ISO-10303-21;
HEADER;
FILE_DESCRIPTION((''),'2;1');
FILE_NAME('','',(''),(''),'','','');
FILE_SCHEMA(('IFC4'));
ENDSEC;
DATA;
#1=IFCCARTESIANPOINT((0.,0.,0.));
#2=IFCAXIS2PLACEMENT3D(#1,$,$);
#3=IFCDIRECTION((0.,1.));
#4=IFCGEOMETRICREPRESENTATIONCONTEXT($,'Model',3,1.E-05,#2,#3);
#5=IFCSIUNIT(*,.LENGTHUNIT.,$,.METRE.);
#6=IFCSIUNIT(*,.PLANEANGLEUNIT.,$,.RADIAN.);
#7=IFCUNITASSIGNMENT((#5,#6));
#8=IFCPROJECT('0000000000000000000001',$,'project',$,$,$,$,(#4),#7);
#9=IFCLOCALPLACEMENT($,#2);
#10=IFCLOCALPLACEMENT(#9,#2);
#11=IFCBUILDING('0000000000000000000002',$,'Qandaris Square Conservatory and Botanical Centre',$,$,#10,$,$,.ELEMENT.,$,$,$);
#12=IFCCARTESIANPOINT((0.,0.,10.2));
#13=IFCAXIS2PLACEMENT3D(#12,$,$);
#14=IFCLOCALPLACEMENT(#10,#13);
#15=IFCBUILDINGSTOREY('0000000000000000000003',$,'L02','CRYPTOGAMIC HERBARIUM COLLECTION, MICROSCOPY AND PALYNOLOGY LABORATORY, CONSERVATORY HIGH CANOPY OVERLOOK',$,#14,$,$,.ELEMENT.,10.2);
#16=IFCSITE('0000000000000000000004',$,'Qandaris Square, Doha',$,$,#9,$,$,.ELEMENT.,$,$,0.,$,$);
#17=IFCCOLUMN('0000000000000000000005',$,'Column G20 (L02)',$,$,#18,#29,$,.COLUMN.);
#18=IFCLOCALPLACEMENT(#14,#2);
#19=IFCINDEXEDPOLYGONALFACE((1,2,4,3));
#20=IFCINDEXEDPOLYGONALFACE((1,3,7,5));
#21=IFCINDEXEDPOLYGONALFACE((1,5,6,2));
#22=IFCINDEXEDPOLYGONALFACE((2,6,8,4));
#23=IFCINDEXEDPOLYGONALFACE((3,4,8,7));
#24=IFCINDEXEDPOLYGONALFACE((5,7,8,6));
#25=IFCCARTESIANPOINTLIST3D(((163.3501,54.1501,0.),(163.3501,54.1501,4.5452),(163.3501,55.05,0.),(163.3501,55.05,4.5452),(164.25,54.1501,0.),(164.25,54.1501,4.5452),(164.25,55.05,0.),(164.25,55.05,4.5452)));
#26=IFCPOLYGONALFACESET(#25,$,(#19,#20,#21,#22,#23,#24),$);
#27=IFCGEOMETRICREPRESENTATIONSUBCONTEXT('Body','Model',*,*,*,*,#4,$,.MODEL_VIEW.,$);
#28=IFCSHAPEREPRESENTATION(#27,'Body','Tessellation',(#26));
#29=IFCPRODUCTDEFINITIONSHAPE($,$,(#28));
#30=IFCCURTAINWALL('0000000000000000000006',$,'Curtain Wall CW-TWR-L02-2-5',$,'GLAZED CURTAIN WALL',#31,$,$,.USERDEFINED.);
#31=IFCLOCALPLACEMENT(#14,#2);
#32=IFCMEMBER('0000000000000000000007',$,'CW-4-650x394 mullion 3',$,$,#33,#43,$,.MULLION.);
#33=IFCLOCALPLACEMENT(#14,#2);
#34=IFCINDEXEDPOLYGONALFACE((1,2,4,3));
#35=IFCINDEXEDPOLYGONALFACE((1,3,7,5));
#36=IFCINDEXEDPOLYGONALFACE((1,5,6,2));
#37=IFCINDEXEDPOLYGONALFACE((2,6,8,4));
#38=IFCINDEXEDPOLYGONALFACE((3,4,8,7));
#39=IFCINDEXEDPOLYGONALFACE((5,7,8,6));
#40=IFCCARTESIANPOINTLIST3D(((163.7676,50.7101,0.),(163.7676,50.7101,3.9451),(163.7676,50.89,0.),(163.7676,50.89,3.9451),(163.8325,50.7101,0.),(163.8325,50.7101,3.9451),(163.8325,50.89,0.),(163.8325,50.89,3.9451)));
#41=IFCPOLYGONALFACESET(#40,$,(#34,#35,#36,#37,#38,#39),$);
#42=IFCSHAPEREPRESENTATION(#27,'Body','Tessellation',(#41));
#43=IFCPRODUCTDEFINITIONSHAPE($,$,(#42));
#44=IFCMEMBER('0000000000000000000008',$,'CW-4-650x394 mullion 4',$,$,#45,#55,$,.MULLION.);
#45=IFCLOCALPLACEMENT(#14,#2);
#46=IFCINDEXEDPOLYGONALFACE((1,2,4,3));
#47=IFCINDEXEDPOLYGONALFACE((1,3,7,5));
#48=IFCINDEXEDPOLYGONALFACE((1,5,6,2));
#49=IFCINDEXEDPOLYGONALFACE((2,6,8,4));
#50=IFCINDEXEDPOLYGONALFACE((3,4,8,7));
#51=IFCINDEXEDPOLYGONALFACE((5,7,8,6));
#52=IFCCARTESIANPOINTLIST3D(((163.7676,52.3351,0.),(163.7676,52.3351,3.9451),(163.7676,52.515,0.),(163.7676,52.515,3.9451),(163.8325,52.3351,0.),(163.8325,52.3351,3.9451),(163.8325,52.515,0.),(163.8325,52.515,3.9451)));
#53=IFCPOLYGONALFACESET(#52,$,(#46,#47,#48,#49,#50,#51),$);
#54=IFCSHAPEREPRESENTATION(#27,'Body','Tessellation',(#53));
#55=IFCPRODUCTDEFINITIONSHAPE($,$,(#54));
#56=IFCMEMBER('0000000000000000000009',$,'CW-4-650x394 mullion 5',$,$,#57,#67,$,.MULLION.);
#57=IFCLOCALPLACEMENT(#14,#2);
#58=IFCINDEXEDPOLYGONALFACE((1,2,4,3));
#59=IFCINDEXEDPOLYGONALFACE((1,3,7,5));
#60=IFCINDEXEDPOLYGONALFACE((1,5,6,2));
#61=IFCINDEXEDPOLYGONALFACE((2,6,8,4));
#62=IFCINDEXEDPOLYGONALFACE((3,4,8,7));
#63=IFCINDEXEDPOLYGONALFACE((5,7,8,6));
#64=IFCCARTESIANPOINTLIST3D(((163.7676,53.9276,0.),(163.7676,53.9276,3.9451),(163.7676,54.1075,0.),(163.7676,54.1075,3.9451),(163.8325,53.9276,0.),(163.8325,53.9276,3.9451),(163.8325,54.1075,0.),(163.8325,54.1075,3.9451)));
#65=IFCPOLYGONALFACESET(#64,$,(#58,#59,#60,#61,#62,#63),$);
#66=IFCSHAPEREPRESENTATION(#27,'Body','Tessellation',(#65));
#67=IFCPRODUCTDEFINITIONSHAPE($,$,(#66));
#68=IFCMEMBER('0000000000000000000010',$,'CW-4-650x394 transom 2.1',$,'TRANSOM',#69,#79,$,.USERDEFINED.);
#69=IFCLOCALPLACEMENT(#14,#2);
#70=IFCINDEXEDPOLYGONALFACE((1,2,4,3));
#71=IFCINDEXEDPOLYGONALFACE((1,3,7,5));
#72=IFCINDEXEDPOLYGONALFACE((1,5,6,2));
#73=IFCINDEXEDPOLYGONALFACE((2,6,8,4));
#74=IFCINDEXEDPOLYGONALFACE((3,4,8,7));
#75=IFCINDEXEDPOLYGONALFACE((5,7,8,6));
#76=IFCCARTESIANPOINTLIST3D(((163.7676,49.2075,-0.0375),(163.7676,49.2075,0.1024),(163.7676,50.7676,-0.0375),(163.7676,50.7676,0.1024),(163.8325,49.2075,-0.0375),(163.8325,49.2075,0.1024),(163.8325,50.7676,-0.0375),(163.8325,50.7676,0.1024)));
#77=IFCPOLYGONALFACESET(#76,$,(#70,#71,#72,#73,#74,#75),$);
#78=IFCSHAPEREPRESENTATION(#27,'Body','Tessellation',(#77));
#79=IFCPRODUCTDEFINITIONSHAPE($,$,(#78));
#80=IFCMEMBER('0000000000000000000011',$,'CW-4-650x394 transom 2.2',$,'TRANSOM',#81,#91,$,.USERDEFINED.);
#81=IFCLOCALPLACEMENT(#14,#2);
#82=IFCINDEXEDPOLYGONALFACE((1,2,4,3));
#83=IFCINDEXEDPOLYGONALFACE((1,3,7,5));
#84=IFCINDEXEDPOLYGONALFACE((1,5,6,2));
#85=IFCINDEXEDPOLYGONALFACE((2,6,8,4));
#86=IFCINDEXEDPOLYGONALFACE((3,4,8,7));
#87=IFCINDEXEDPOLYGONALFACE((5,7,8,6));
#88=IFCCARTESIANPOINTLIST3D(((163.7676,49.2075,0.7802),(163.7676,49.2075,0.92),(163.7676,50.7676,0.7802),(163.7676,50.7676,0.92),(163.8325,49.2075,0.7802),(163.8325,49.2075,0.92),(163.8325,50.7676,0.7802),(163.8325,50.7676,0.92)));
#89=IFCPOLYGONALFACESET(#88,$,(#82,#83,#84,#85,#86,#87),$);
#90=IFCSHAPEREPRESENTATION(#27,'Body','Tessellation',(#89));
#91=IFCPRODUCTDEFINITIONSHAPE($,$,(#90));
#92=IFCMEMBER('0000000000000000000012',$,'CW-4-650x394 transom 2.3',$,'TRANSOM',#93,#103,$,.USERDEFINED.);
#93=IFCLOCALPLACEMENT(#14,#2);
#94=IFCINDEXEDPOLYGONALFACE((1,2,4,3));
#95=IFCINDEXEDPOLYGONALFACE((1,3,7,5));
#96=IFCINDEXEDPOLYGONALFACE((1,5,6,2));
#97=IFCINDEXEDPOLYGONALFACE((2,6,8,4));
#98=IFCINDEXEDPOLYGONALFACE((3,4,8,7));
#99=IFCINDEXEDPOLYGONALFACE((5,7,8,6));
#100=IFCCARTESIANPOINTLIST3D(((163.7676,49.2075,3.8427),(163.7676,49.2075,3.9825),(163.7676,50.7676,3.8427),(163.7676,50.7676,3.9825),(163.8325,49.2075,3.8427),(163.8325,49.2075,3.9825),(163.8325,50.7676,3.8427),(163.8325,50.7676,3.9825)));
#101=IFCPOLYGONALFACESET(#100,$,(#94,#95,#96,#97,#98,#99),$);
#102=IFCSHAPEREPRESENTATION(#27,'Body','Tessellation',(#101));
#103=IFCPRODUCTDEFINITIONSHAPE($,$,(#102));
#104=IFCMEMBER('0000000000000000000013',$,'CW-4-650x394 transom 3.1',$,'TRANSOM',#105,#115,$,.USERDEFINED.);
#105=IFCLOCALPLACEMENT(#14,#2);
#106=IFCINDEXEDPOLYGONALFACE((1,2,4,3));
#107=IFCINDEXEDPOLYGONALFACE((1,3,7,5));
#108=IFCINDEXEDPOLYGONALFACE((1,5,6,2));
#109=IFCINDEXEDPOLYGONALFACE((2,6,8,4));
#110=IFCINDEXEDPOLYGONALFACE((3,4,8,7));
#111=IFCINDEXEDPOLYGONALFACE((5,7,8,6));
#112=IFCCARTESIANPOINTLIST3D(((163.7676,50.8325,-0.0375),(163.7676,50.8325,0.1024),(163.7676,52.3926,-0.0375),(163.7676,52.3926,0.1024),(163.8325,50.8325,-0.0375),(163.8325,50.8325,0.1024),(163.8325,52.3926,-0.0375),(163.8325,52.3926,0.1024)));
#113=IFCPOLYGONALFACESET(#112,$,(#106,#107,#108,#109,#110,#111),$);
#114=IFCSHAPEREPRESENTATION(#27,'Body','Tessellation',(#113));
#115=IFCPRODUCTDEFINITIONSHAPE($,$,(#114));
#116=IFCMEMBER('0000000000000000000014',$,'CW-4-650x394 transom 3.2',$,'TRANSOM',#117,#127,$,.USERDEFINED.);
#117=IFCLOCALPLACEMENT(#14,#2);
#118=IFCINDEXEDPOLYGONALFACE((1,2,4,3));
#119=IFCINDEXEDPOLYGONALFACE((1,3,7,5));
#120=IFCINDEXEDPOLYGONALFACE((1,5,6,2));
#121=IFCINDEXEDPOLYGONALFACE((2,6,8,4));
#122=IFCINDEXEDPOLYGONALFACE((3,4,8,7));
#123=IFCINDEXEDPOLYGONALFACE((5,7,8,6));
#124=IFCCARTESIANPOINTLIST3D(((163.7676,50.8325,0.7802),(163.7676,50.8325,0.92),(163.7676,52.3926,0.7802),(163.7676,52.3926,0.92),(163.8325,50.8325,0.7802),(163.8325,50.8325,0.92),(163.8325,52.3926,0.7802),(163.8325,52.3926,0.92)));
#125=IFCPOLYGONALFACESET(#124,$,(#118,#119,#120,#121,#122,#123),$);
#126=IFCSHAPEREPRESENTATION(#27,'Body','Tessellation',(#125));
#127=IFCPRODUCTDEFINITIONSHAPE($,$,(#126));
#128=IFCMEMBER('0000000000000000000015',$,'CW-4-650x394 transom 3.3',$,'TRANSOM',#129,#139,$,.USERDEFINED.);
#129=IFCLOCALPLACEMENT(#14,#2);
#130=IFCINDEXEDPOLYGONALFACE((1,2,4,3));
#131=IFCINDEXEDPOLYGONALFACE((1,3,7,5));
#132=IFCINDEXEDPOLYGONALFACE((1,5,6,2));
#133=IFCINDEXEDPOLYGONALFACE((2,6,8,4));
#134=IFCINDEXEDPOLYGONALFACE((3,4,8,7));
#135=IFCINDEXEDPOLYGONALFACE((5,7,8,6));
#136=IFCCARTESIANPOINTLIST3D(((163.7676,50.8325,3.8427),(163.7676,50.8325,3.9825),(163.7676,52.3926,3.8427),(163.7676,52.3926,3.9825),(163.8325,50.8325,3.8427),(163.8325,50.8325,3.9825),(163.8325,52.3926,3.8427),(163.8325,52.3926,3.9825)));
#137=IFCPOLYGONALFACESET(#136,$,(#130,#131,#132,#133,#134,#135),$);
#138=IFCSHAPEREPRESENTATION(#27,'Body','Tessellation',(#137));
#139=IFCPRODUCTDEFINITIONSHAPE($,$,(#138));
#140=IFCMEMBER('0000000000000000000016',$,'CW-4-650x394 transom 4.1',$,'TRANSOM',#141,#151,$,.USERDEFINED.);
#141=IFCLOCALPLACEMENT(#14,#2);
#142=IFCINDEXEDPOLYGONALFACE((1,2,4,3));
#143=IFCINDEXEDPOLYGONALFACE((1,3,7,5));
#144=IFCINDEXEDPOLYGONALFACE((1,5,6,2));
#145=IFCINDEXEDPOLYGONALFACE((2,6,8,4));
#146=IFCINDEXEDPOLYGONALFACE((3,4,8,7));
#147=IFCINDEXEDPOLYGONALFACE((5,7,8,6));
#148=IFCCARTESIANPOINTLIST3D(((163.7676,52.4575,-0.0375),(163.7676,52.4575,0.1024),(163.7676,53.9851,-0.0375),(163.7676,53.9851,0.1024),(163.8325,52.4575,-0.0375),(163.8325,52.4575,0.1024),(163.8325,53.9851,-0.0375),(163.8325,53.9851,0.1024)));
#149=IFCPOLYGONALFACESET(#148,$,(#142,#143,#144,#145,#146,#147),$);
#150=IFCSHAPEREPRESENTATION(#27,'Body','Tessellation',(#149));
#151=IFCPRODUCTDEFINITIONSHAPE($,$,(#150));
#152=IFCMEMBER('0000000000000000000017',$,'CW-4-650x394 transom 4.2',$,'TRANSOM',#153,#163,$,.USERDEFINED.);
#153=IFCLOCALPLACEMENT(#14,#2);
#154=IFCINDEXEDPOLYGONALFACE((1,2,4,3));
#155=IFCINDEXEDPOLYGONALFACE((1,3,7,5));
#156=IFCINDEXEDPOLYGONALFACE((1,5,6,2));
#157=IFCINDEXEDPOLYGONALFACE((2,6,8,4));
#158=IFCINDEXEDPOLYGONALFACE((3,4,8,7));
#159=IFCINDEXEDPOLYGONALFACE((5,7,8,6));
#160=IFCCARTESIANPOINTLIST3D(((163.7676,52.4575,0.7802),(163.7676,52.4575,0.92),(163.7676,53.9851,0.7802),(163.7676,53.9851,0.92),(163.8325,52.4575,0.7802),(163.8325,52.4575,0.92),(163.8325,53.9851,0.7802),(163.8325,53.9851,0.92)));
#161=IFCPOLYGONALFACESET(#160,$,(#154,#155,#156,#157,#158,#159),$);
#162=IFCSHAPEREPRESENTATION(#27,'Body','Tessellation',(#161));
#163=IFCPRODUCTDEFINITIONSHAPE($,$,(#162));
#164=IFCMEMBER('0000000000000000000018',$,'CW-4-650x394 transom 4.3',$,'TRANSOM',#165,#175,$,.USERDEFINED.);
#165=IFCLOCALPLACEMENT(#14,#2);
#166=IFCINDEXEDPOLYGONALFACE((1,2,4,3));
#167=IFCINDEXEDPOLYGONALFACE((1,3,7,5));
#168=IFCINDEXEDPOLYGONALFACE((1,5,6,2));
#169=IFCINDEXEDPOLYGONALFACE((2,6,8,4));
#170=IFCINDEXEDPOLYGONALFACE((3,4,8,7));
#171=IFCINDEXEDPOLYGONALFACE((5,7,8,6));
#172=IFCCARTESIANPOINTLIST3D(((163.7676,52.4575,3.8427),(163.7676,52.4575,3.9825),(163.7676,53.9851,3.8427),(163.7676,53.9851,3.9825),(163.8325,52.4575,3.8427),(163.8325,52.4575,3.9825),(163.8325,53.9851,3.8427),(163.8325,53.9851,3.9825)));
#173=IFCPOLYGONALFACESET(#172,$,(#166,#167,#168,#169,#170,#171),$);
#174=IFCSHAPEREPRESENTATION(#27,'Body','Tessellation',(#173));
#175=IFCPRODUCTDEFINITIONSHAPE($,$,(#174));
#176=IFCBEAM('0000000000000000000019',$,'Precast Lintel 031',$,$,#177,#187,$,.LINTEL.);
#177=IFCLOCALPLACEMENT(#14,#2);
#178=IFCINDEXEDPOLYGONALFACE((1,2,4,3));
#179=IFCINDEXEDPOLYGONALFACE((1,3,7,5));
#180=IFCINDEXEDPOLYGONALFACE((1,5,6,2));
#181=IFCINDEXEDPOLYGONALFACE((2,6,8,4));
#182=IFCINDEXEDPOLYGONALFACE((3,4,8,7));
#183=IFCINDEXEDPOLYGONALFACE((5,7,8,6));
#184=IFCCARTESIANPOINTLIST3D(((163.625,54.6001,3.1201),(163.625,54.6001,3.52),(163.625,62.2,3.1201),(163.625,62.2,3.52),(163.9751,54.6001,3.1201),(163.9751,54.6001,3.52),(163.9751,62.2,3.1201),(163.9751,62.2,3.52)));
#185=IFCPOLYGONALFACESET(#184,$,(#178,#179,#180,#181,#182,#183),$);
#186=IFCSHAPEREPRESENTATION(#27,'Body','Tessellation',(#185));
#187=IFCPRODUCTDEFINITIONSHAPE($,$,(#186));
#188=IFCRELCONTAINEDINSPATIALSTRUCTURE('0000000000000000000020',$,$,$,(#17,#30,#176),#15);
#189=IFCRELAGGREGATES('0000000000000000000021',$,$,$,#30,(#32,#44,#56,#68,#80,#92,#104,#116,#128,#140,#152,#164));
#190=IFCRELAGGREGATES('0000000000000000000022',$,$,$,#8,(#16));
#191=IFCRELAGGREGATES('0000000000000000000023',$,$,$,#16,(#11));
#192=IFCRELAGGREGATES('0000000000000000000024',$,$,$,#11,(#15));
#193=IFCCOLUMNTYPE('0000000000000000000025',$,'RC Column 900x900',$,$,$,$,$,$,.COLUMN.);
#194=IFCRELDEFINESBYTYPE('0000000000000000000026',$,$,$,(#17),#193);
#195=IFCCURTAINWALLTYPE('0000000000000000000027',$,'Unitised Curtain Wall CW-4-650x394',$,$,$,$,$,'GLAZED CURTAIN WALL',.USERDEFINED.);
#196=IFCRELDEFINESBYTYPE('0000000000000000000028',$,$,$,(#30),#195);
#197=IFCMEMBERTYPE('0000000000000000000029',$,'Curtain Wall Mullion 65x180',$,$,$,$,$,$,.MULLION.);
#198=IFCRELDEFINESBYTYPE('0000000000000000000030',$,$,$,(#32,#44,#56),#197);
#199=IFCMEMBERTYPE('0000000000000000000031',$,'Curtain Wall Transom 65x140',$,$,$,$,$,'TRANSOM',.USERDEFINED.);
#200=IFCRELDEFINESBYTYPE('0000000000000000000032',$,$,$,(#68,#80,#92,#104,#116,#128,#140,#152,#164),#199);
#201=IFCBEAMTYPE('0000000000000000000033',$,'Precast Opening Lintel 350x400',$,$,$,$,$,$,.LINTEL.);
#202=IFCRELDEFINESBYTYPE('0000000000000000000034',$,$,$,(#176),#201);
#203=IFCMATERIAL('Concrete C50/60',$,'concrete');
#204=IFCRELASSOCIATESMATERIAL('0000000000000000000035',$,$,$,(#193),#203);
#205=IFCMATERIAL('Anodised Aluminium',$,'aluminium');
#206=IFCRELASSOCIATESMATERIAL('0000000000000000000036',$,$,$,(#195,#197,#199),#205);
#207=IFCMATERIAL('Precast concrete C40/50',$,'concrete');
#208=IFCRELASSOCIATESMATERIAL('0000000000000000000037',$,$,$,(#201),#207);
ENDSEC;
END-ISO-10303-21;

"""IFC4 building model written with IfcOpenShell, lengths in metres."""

from ifc_helpers import new_model, si_unit, direction, frame, origin, origin_2d, place, context, subcontext, project, spatial, rectangle, extrude, material, material_profile, profile_set, type_object, element, aggregate, save


model = new_model("IFC4")

# Units and contexts
model_context = context("Model", 3, precision=1e-05, world=origin(), true_north=direction((0.0, 1.0)))
body_context = subcontext(model_context, "Body", "Model", "MODEL_VIEW")
ifc_project = project(units=[si_unit("LENGTHUNIT", "METRE"), si_unit("PLANEANGLEUNIT", "RADIAN")], contexts=[model_context])

# Site, building, storey
site_placement = place(None, origin())
site = spatial("IfcSite", under=ifc_project, at=site_placement, Name="Qandaris Square, Doha", CompositionType="ELEMENT", RefElevation=0.0)
building_placement = place(site_placement, origin())
building = spatial("IfcBuilding", under=site, at=building_placement, Name="Qandaris Square Conservatory and Botanical Centre", CompositionType="ELEMENT")
storey_placement = place(building_placement, frame((0.0, 0.0, 10.2)))
storey = spatial("IfcBuildingStorey", under=building, at=storey_placement, Name="L02", Description="CRYPTOGAMIC HERBARIUM COLLECTION, MICROSCOPY AND PALYNOLOGY LABORATORY, CONSERVATORY HIGH CANOPY OVERLOOK", CompositionType="ELEMENT", Elevation=10.2)

# Column
ifc_material_1 = material(Name="Concrete C50/60", Category="concrete")
ifc_material_profile_1 = material_profile(ifc_material_1, rectangle(XDim=0.8999, YDim=0.8999, at=origin_2d()), Name="RC-COL 900x900")
ifc_profile_set_1 = profile_set([ifc_material_profile_1], Name="Concrete C50/60")
column_type = type_object("IfcColumnType", Name="RC Column 900x900", PredefinedType="COLUMN", material=ifc_profile_set_1)
column_placement = place(storey_placement, frame((163.8, 54.6001, 0.0), z_axis=(0.0, 0.0, 1.0), x_axis=(1.0, 0.0, 0.0)))
element("IfcColumn", 1, at=column_placement, inside=storey, type_object=column_type, Name="Column G20 (L02)", PredefinedType="COLUMN", context=body_context, shape_type="SweptSolid", body=[
    extrude(rectangle(XDim=0.8999, YDim=0.8999, at=origin_2d()), origin(), (0.0, 0.0, 1.0), 4.5452),
])

# Curtain wall, members
ifc_material_2 = material(Name="Anodised Aluminium", Category="aluminium")
curtain_wall_type = type_object("IfcCurtainWallType", Name="Unitised Curtain Wall CW-4-650x394", ElementType="GLAZED CURTAIN WALL", PredefinedType="USERDEFINED", material=ifc_material_2)
curtain_wall_placement = place(storey_placement, origin())
curtain_wall = element("IfcCurtainWall", 2, at=curtain_wall_placement, inside=storey, type_object=curtain_wall_type, Name="Curtain Wall CW-TWR-L02-2-5", ObjectType="GLAZED CURTAIN WALL", PredefinedType="USERDEFINED")
ifc_material_profile_2 = material_profile(ifc_material_2, rectangle(XDim=0.0649, YDim=0.1799, at=origin_2d()), Name="ALU-MUL 65x180")
ifc_profile_set_2 = profile_set([ifc_material_profile_2], Name="Anodised Aluminium")
member_type_1 = type_object("IfcMemberType", Name="Curtain Wall Mullion 65x180", PredefinedType="MULLION", material=ifc_profile_set_2)
member_1_placement = place(storey_placement, frame((163.8, 50.8, 0.0), z_axis=(0.0, 0.0, 1.0), x_axis=(-1.0, 0.0, 0.0)))
member_1 = element("IfcMember", 3, at=member_1_placement, type_object=member_type_1, Name="CW-4-650x394 mullion 3", PredefinedType="MULLION", context=body_context, shape_type="SweptSolid", body=[
    extrude(rectangle(XDim=0.0649, YDim=0.1799, at=origin_2d()), origin(), (0.0, 0.0, 1.0), 3.9451),
])
member_2_placement = place(storey_placement, frame((163.8, 52.425, 0.0), z_axis=(0.0, 0.0, 1.0), x_axis=(-1.0, 0.0, 0.0)))
member_2 = element("IfcMember", 4, at=member_2_placement, type_object=member_type_1, Name="CW-4-650x394 mullion 4", PredefinedType="MULLION", context=body_context, shape_type="SweptSolid", body=[
    extrude(rectangle(XDim=0.0649, YDim=0.1799, at=origin_2d()), origin(), (0.0, 0.0, 1.0), 3.9451),
])
member_3_placement = place(storey_placement, frame((163.8, 54.0176, 0.0), z_axis=(0.0, 0.0, 1.0), x_axis=(-1.0, 0.0, 0.0)))
member_3 = element("IfcMember", 5, at=member_3_placement, type_object=member_type_1, Name="CW-4-650x394 mullion 5", PredefinedType="MULLION", context=body_context, shape_type="SweptSolid", body=[
    extrude(rectangle(XDim=0.0649, YDim=0.1799, at=origin_2d()), origin(), (0.0, 0.0, 1.0), 3.9451),
])
ifc_material_profile_3 = material_profile(ifc_material_2, rectangle(XDim=0.0649, YDim=0.1399, at=origin_2d()), Name="ALU-TRN 65x140")
ifc_profile_set_3 = profile_set([ifc_material_profile_3], Name="Anodised Aluminium")
member_type_2 = type_object("IfcMemberType", Name="Curtain Wall Transom 65x140", ElementType="TRANSOM", PredefinedType="USERDEFINED", material=ifc_profile_set_3)
member_4_placement = place(storey_placement, frame((163.8, 49.2075, 0.0325), z_axis=(0.0, 1.0, 0.0), x_axis=(-1.0, 0.0, 0.0)))
member_4 = element("IfcMember", 6, at=member_4_placement, type_object=member_type_2, Name="CW-4-650x394 transom 2.1", ObjectType="TRANSOM", PredefinedType="USERDEFINED", context=body_context, shape_type="SweptSolid", body=[
    extrude(rectangle(XDim=0.0649, YDim=0.1399, at=origin_2d()), origin(), (0.0, 0.0, 1.0), 1.5601),
])
member_5_placement = place(storey_placement, frame((163.8, 49.2075, 0.8501), z_axis=(0.0, 1.0, 0.0), x_axis=(-1.0, 0.0, 0.0)))
member_5 = element("IfcMember", 7, at=member_5_placement, type_object=member_type_2, Name="CW-4-650x394 transom 2.2", ObjectType="TRANSOM", PredefinedType="USERDEFINED", context=body_context, shape_type="SweptSolid", body=[
    extrude(rectangle(XDim=0.0649, YDim=0.1399, at=origin_2d()), origin(), (0.0, 0.0, 1.0), 1.5601),
])
member_6_placement = place(storey_placement, frame((163.8, 49.2075, 3.9126), z_axis=(0.0, 1.0, 0.0), x_axis=(-1.0, 0.0, 0.0)))
member_6 = element("IfcMember", 8, at=member_6_placement, type_object=member_type_2, Name="CW-4-650x394 transom 2.3", ObjectType="TRANSOM", PredefinedType="USERDEFINED", context=body_context, shape_type="SweptSolid", body=[
    extrude(rectangle(XDim=0.0649, YDim=0.1399, at=origin_2d()), origin(), (0.0, 0.0, 1.0), 1.5601),
])
member_7_placement = place(storey_placement, frame((163.8, 50.8325, 0.0325), z_axis=(0.0, 1.0, 0.0), x_axis=(-1.0, 0.0, 0.0)))
member_7 = element("IfcMember", 9, at=member_7_placement, type_object=member_type_2, Name="CW-4-650x394 transom 3.1", ObjectType="TRANSOM", PredefinedType="USERDEFINED", context=body_context, shape_type="SweptSolid", body=[
    extrude(rectangle(XDim=0.0649, YDim=0.1399, at=origin_2d()), origin(), (0.0, 0.0, 1.0), 1.5601),
])
member_8_placement = place(storey_placement, frame((163.8, 50.8325, 0.8501), z_axis=(0.0, 1.0, 0.0), x_axis=(-1.0, 0.0, 0.0)))
member_8 = element("IfcMember", 10, at=member_8_placement, type_object=member_type_2, Name="CW-4-650x394 transom 3.2", ObjectType="TRANSOM", PredefinedType="USERDEFINED", context=body_context, shape_type="SweptSolid", body=[
    extrude(rectangle(XDim=0.0649, YDim=0.1399, at=origin_2d()), origin(), (0.0, 0.0, 1.0), 1.5601),
])
member_9_placement = place(storey_placement, frame((163.8, 50.8325, 3.9126), z_axis=(0.0, 1.0, 0.0), x_axis=(-1.0, 0.0, 0.0)))
member_9 = element("IfcMember", 11, at=member_9_placement, type_object=member_type_2, Name="CW-4-650x394 transom 3.3", ObjectType="TRANSOM", PredefinedType="USERDEFINED", context=body_context, shape_type="SweptSolid", body=[
    extrude(rectangle(XDim=0.0649, YDim=0.1399, at=origin_2d()), origin(), (0.0, 0.0, 1.0), 1.5601),
])
member_10_placement = place(storey_placement, frame((163.8, 52.4575, 0.0325), z_axis=(0.0, 1.0, 0.0), x_axis=(-1.0, 0.0, 0.0)))
member_10 = element("IfcMember", 12, at=member_10_placement, type_object=member_type_2, Name="CW-4-650x394 transom 4.1", ObjectType="TRANSOM", PredefinedType="USERDEFINED", context=body_context, shape_type="SweptSolid", body=[
    extrude(rectangle(XDim=0.0649, YDim=0.1399, at=origin_2d()), origin(), (0.0, 0.0, 1.0), 1.5276),
])
member_11_placement = place(storey_placement, frame((163.8, 52.4575, 0.8501), z_axis=(0.0, 1.0, 0.0), x_axis=(-1.0, 0.0, 0.0)))
member_11 = element("IfcMember", 13, at=member_11_placement, type_object=member_type_2, Name="CW-4-650x394 transom 4.2", ObjectType="TRANSOM", PredefinedType="USERDEFINED", context=body_context, shape_type="SweptSolid", body=[
    extrude(rectangle(XDim=0.0649, YDim=0.1399, at=origin_2d()), origin(), (0.0, 0.0, 1.0), 1.5276),
])
member_12_placement = place(storey_placement, frame((163.8, 52.4575, 3.9126), z_axis=(0.0, 1.0, 0.0), x_axis=(-1.0, 0.0, 0.0)))
member_12 = element("IfcMember", 14, at=member_12_placement, type_object=member_type_2, Name="CW-4-650x394 transom 4.3", ObjectType="TRANSOM", PredefinedType="USERDEFINED", context=body_context, shape_type="SweptSolid", body=[
    extrude(rectangle(XDim=0.0649, YDim=0.1399, at=origin_2d()), origin(), (0.0, 0.0, 1.0), 1.5276),
])

# Beam
ifc_material_3 = material(Name="Precast concrete C40/50", Category="concrete")
ifc_material_profile_4 = material_profile(ifc_material_3, rectangle(XDim=0.3501, YDim=0.3999, at=origin_2d()), Name="RC-LN 350x400")
ifc_profile_set_4 = profile_set([ifc_material_profile_4], Name="Precast concrete C40/50")
beam_type_1 = type_object("IfcBeamType", Name="Precast Opening Lintel 350x400", PredefinedType="LINTEL", material=ifc_profile_set_4)
beam_1_placement = place(storey_placement, frame((163.8, 54.6001, 3.3201), z_axis=(0.0, 1.0, 0.0), x_axis=(-1.0, 0.0, 0.0)))
element("IfcBeam", 15, at=beam_1_placement, inside=storey, type_object=beam_type_1, Name="Precast Lintel 031", PredefinedType="LINTEL", context=body_context, shape_type="SweptSolid", body=[
    extrude(rectangle(XDim=0.3501, YDim=0.3999, at=origin_2d()), origin(), (0.0, 0.0, 1.0), 7.5999),
])

aggregate(curtain_wall, [member_1, member_2, member_3, member_4, member_5, member_6, member_7, member_8, member_9, member_10, member_11, member_12])

save(model, "model.ifc")
